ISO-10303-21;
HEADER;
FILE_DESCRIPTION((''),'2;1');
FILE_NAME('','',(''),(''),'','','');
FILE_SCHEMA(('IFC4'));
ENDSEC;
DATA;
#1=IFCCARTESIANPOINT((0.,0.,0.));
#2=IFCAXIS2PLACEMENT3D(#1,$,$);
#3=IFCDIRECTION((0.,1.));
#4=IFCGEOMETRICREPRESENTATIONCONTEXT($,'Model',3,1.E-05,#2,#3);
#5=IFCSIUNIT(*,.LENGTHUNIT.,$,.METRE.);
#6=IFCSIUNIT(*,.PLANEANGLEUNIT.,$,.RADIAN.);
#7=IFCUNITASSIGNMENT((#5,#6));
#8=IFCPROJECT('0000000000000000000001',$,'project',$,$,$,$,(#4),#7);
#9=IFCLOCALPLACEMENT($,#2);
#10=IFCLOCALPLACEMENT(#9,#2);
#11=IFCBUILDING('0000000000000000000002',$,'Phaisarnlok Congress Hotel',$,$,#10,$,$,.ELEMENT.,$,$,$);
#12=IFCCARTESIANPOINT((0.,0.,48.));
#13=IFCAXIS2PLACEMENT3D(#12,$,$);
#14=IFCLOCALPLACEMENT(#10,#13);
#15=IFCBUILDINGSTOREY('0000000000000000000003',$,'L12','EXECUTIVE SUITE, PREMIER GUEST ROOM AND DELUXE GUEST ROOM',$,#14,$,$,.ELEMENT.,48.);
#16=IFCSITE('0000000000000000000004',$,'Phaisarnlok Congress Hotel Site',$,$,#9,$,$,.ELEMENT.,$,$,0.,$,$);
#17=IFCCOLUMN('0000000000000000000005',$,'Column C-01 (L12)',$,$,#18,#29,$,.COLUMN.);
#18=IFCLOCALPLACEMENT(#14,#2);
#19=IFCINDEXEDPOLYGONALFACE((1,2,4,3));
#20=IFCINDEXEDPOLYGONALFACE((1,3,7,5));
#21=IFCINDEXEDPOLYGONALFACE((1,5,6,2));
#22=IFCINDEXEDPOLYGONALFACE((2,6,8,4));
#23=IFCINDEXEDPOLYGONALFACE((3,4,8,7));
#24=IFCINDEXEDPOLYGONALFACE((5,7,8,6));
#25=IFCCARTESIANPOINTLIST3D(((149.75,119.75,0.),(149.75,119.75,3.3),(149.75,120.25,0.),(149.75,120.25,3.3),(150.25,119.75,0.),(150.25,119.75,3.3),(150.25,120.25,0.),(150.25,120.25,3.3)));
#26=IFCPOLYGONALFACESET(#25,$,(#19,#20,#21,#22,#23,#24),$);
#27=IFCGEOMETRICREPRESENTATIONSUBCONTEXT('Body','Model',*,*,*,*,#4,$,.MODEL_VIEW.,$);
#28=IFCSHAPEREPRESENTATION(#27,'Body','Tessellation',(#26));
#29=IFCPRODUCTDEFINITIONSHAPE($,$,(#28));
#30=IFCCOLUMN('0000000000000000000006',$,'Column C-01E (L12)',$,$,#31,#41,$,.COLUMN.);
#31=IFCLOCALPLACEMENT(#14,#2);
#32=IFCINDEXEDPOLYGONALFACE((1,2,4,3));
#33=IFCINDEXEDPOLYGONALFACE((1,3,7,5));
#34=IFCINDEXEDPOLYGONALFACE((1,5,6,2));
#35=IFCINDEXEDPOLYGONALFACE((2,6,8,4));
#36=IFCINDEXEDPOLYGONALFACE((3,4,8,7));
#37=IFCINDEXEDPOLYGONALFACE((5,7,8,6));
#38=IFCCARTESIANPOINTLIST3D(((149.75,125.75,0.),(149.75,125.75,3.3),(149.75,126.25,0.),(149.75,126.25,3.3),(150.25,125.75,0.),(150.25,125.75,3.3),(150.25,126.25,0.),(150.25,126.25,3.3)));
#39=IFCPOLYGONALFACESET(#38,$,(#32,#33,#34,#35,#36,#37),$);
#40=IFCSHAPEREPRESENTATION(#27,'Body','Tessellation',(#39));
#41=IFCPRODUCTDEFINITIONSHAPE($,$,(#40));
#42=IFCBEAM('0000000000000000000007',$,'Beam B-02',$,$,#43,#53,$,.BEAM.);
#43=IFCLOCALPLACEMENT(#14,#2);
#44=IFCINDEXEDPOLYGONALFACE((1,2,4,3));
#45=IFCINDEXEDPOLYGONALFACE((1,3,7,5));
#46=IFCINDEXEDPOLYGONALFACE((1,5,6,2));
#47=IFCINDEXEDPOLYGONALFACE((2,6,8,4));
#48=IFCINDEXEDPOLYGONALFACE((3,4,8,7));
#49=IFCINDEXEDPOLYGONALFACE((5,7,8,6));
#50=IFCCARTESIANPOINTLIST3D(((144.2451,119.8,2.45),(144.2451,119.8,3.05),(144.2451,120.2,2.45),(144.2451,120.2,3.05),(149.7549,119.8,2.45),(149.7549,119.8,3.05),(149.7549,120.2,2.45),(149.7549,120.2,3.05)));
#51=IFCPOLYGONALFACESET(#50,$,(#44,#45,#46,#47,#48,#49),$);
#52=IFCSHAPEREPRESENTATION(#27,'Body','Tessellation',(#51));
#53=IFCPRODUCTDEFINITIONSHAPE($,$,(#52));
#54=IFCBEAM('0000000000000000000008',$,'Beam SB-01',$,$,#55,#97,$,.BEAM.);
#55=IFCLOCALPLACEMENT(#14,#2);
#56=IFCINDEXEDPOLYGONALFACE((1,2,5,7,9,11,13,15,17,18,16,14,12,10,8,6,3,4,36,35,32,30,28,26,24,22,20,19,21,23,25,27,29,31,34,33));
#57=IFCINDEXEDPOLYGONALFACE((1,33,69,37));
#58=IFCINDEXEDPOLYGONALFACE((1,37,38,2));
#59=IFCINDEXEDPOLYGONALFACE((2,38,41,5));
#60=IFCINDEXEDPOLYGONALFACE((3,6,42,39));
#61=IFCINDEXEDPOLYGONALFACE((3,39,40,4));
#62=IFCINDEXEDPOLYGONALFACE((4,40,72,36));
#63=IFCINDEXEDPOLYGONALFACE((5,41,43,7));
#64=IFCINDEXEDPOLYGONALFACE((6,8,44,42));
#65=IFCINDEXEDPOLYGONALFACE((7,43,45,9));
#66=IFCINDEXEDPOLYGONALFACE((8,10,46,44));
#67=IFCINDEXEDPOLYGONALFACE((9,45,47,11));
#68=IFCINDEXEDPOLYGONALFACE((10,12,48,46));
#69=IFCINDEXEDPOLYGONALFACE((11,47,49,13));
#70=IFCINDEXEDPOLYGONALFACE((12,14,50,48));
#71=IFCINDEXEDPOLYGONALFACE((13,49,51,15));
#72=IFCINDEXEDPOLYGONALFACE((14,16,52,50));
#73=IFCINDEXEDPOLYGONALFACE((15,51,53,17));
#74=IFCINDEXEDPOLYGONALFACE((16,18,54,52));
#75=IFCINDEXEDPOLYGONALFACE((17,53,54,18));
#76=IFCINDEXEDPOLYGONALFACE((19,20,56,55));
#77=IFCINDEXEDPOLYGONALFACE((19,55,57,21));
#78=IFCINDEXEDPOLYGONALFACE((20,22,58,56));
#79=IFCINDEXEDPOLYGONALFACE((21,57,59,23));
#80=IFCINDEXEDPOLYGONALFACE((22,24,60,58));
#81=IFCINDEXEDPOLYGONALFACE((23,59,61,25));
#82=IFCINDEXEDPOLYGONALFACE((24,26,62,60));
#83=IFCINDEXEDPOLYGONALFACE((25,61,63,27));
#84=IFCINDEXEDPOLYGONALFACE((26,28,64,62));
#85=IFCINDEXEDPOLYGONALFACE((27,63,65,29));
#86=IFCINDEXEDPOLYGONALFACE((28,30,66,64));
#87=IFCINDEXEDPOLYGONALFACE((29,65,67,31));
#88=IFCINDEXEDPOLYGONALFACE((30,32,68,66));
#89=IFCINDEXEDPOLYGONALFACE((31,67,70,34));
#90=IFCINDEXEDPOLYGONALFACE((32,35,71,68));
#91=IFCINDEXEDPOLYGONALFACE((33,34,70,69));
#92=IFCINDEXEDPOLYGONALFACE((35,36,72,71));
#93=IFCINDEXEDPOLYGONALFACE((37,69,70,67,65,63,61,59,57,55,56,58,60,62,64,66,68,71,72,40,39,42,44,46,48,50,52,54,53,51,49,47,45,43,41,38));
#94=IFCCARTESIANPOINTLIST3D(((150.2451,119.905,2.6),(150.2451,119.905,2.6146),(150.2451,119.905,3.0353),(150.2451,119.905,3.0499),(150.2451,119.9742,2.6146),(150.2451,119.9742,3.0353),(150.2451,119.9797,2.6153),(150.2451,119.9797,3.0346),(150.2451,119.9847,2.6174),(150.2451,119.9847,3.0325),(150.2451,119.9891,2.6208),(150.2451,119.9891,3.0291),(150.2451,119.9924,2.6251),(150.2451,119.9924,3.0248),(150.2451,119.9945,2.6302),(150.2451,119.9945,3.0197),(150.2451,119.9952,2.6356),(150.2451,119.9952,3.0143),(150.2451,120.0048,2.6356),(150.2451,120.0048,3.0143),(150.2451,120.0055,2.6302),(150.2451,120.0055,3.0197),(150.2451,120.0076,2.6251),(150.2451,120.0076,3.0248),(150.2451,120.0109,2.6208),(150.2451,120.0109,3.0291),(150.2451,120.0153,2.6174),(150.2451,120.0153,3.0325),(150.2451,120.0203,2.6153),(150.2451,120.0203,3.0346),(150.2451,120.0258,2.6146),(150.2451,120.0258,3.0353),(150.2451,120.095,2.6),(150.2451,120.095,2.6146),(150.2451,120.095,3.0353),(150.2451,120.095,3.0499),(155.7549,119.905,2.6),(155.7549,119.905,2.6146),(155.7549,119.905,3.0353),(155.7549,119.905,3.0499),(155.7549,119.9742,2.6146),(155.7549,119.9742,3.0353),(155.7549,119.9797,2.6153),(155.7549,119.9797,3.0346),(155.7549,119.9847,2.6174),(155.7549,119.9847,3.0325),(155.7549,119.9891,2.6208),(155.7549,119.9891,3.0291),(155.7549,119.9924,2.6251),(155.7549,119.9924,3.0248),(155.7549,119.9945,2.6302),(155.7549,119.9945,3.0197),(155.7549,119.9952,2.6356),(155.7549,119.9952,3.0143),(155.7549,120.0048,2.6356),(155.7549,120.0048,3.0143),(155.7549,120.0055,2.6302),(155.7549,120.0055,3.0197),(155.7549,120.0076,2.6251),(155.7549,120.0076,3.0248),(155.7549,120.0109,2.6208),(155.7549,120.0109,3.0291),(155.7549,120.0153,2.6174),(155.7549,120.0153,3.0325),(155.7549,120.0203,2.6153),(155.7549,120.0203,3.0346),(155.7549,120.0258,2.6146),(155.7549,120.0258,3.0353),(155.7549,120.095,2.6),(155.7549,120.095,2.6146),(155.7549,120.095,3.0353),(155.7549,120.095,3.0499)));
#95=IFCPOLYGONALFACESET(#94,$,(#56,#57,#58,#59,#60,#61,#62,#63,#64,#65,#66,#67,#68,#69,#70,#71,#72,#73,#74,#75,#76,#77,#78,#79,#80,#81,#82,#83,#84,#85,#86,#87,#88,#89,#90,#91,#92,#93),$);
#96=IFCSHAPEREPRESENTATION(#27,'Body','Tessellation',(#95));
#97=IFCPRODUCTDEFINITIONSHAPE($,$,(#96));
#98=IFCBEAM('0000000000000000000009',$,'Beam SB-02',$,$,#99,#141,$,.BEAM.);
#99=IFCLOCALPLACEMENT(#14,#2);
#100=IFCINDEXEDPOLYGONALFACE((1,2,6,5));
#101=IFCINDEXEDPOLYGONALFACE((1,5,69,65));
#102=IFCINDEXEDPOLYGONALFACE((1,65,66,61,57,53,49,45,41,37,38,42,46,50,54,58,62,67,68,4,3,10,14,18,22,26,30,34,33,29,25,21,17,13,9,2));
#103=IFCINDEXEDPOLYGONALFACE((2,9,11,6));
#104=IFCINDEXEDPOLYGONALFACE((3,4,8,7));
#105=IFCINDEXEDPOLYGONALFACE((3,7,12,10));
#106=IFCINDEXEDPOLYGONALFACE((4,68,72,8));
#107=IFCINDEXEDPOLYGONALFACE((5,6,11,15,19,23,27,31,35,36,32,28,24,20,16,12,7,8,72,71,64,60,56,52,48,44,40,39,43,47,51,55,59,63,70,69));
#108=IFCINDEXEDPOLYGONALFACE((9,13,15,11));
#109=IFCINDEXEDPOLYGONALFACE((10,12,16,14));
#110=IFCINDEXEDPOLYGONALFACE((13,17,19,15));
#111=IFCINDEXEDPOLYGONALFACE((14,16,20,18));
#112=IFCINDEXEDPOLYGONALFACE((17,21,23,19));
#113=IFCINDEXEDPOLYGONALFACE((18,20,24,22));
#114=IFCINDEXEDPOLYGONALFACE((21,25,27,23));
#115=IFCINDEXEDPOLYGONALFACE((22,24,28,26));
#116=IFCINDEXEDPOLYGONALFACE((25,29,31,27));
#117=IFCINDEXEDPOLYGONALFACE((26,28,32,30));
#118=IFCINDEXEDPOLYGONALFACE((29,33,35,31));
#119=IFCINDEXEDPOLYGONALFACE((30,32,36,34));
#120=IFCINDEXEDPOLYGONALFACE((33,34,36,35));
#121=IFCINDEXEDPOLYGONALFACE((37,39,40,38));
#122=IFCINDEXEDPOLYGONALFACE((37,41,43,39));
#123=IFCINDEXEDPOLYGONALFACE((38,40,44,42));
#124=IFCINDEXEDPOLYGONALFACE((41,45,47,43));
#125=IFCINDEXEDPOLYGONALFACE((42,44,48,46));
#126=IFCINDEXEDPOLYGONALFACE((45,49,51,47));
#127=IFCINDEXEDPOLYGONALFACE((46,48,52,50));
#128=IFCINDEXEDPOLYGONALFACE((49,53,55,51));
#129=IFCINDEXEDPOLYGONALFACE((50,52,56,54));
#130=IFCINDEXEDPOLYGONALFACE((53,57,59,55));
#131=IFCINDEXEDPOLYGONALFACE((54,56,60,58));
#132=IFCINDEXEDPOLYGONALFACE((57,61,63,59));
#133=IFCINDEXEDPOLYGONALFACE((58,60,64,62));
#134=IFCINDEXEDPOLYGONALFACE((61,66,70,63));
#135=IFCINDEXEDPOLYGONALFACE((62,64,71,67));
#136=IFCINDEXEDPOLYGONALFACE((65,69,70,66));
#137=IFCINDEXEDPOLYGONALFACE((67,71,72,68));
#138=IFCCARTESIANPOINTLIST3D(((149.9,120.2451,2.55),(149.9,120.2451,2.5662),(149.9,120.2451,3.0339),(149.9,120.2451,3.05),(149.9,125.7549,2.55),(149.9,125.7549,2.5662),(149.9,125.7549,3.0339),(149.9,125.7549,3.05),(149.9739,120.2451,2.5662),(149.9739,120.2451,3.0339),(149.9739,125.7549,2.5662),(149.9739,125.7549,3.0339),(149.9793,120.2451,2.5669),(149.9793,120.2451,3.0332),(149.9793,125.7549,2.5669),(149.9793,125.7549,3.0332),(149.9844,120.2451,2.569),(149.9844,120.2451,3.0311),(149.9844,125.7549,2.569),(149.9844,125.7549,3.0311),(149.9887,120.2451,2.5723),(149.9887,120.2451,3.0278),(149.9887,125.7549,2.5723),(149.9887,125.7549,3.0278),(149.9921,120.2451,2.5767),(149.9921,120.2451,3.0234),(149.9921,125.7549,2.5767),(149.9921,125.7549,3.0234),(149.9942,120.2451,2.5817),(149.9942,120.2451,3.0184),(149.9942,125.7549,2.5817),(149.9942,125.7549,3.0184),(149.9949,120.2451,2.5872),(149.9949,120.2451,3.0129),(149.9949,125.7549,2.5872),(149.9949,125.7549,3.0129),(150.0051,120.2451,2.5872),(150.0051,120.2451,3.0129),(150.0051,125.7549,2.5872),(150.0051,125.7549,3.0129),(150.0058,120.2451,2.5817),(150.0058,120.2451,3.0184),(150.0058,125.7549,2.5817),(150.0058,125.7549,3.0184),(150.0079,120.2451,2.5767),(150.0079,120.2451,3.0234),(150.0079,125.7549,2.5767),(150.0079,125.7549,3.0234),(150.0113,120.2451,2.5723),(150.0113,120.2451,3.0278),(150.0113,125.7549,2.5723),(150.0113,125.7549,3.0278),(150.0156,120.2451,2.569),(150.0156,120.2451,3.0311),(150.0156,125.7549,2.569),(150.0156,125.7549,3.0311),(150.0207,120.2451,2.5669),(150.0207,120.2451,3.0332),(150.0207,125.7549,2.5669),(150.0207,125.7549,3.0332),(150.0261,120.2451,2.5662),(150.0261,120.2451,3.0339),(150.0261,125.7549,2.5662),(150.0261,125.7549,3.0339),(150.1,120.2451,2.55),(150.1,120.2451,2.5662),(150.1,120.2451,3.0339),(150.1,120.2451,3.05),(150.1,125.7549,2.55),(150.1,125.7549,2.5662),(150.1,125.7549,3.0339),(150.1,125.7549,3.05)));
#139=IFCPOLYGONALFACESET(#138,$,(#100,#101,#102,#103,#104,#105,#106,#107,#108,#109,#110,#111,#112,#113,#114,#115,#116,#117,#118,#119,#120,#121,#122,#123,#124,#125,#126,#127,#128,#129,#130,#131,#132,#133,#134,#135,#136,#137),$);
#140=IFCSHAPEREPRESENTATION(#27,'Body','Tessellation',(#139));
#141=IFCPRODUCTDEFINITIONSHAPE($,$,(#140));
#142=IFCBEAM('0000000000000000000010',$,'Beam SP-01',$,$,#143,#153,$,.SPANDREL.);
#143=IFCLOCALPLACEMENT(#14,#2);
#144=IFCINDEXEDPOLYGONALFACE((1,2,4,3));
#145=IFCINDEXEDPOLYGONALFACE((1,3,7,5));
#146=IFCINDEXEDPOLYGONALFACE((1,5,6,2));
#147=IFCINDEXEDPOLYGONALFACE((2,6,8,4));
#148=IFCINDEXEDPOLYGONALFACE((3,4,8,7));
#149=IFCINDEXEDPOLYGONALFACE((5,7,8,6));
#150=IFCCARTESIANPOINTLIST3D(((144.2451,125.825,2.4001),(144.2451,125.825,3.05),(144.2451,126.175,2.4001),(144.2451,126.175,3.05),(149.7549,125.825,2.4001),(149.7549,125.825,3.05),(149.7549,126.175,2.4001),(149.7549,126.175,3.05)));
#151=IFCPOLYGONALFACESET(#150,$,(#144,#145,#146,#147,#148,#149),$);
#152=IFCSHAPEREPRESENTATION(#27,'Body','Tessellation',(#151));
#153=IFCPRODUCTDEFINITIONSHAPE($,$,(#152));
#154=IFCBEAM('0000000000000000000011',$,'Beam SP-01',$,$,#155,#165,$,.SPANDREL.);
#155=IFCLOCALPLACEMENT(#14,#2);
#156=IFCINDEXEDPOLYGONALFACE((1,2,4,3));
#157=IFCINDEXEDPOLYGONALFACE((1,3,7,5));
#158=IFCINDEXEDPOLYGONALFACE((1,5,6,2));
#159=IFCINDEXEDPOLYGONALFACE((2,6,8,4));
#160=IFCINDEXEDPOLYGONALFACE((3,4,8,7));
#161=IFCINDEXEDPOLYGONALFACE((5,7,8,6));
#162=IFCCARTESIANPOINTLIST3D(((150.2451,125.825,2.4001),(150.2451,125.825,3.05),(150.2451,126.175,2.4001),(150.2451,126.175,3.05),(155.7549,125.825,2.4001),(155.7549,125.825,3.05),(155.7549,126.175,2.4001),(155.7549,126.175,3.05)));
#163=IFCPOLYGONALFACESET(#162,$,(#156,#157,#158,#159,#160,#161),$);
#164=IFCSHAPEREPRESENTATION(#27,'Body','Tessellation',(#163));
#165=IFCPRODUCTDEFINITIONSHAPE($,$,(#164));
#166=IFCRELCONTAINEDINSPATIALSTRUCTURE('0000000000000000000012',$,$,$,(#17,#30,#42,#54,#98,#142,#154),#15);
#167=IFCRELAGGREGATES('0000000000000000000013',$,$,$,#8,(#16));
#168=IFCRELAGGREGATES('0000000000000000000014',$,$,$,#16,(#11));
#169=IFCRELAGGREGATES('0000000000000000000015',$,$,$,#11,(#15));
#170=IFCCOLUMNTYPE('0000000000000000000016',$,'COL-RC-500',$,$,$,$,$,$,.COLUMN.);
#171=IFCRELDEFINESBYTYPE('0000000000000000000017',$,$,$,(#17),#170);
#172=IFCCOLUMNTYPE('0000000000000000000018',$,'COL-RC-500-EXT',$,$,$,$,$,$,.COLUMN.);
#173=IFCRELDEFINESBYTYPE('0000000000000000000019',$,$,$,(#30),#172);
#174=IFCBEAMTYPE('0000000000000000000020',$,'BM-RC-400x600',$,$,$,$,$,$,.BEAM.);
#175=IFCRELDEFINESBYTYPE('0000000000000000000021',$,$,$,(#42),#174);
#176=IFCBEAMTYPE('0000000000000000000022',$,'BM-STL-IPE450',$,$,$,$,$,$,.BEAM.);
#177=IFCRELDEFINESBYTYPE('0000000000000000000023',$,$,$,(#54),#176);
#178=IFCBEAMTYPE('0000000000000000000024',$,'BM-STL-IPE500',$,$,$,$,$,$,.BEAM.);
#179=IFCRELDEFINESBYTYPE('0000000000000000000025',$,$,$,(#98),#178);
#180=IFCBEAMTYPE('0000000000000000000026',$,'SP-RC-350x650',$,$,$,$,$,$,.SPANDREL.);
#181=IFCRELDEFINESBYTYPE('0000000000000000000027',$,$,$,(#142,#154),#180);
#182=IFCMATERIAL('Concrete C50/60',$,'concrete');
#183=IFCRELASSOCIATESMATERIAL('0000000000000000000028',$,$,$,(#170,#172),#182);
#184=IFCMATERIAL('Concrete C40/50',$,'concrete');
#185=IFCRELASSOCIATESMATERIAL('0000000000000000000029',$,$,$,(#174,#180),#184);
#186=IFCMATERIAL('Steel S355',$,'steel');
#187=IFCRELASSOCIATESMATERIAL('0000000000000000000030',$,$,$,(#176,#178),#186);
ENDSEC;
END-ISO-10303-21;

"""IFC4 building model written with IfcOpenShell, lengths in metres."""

from ifc_helpers import new_model, si_unit, direction, frame, origin, origin_2d, place, context, subcontext, project, spatial, rectangle, i_section, extrude, material, material_profile, profile_set, type_object, element, save


model = new_model("IFC4")

# Units and contexts
model_context = context("Model", 3, precision=1e-05, world=origin(), true_north=direction((0.0, 1.0)))
body_context = subcontext(model_context, "Body", "Model", "MODEL_VIEW")
ifc_project = project(units=[si_unit("LENGTHUNIT", "METRE"), si_unit("PLANEANGLEUNIT", "RADIAN")], contexts=[model_context])

# Site, building, storey
site_placement = place(None, origin())
site = spatial("IfcSite", under=ifc_project, at=site_placement, Name="Phaisarnlok Congress Hotel Site", CompositionType="ELEMENT", RefElevation=0.0)
building_placement = place(site_placement, origin())
building = spatial("IfcBuilding", under=site, at=building_placement, Name="Phaisarnlok Congress Hotel", CompositionType="ELEMENT")
storey_placement = place(building_placement, frame((0.0, 0.0, 48.0)))
storey = spatial("IfcBuildingStorey", under=building, at=storey_placement, Name="L12", Description="EXECUTIVE SUITE, PREMIER GUEST ROOM AND DELUXE GUEST ROOM", CompositionType="ELEMENT", Elevation=48.0)

# Columns
ifc_material_1 = material(Name="Concrete C50/60", Category="concrete")
ifc_material_profile_1 = material_profile(ifc_material_1, rectangle(XDim=0.5, YDim=0.5, at=origin_2d()), Name="RC 500x500")
ifc_profile_set_1 = profile_set([ifc_material_profile_1], Name="Concrete C50/60")
column_type_1 = type_object("IfcColumnType", Name="COL-RC-500", PredefinedType="COLUMN", material=ifc_profile_set_1)
column_1_placement = place(storey_placement, frame((150.0, 120.0, 0.0), z_axis=(0.0, 0.0, 1.0), x_axis=(1.0, 0.0, 0.0)))
element("IfcColumn", 1, at=column_1_placement, inside=storey, type_object=column_type_1, Name="Column C-01 (L12)", PredefinedType="COLUMN", context=body_context, shape_type="SweptSolid", body=[
    extrude(rectangle(XDim=0.5, YDim=0.5, at=origin_2d()), origin(), (0.0, 0.0, 1.0), 3.3),
])
ifc_material_profile_2 = material_profile(ifc_material_1, rectangle(XDim=0.5, YDim=0.5, at=origin_2d()), Name="RC 500x500")
ifc_profile_set_2 = profile_set([ifc_material_profile_2], Name="Concrete C50/60")
column_type_2 = type_object("IfcColumnType", Name="COL-RC-500-EXT", PredefinedType="COLUMN", material=ifc_profile_set_2)
column_2_placement = place(storey_placement, frame((150.0, 126.0, 0.0), z_axis=(0.0, 0.0, 1.0), x_axis=(1.0, 0.0, 0.0)))
element("IfcColumn", 2, at=column_2_placement, inside=storey, type_object=column_type_2, Name="Column C-01E (L12)", PredefinedType="COLUMN", context=body_context, shape_type="SweptSolid", body=[
    extrude(rectangle(XDim=0.5, YDim=0.5, at=origin_2d()), origin(), (0.0, 0.0, 1.0), 3.3),
])

# Beams
ifc_material_2 = material(Name="Concrete C40/50", Category="concrete")
ifc_material_profile_3 = material_profile(ifc_material_2, rectangle(XDim=0.3999, YDim=0.6001, at=origin_2d()), Name="RC 400x600")
ifc_profile_set_3 = profile_set([ifc_material_profile_3], Name="Concrete C40/50")
beam_type_1 = type_object("IfcBeamType", Name="BM-RC-400x600", PredefinedType="BEAM", material=ifc_profile_set_3)
beam_1_placement = place(storey_placement, frame((144.2451, 120.0, 2.75), z_axis=(1.0, 0.0, 0.0), x_axis=(0.0, 1.0, 0.0)))
element("IfcBeam", 3, at=beam_1_placement, inside=storey, type_object=beam_type_1, Name="Beam B-02", PredefinedType="BEAM", context=body_context, shape_type="SweptSolid", body=[
    extrude(rectangle(XDim=0.3999, YDim=0.6001, at=origin_2d()), origin(), (0.0, 0.0, 1.0), 5.5098),
])
ifc_material_3 = material(Name="Steel S355", Category="steel")
ifc_material_profile_4 = material_profile(ifc_material_3, i_section(OverallWidth=0.1899, OverallDepth=0.45, WebThickness=0.0095, FlangeThickness=0.0146, FilletRadius=0.021, at=origin_2d()), Name="IPE 450")
ifc_profile_set_4 = profile_set([ifc_material_profile_4], Name="Steel S355")
beam_type_2 = type_object("IfcBeamType", Name="BM-STL-IPE450", PredefinedType="BEAM", material=ifc_profile_set_4)
beam_2_placement = place(storey_placement, frame((150.2451, 120.0, 2.825), z_axis=(1.0, 0.0, 0.0), x_axis=(0.0, 1.0, 0.0)))
element("IfcBeam", 4, at=beam_2_placement, inside=storey, type_object=beam_type_2, Name="Beam SB-01", PredefinedType="BEAM", context=body_context, shape_type="SweptSolid", body=[
    extrude(i_section(OverallWidth=0.1899, OverallDepth=0.45, WebThickness=0.0095, FlangeThickness=0.0146, FilletRadius=0.021, at=origin_2d()), origin(), (0.0, 0.0, 1.0), 5.5098),
])
ifc_material_profile_5 = material_profile(ifc_material_3, i_section(OverallWidth=0.2, OverallDepth=0.5, WebThickness=0.0103, FlangeThickness=0.0161, FilletRadius=0.021, at=origin_2d()), Name="IPE 500")
ifc_profile_set_5 = profile_set([ifc_material_profile_5], Name="Steel S355")
beam_type_3 = type_object("IfcBeamType", Name="BM-STL-IPE500", PredefinedType="BEAM", material=ifc_profile_set_5)
beam_3_placement = place(storey_placement, frame((150.0, 120.2451, 2.8), z_axis=(0.0, 1.0, 0.0), x_axis=(-1.0, 0.0, 0.0)))
element("IfcBeam", 5, at=beam_3_placement, inside=storey, type_object=beam_type_3, Name="Beam SB-02", PredefinedType="BEAM", context=body_context, shape_type="SweptSolid", body=[
    extrude(i_section(OverallWidth=0.2, OverallDepth=0.5, WebThickness=0.0103, FlangeThickness=0.0161, FilletRadius=0.021, at=origin_2d()), origin(), (0.0, 0.0, 1.0), 5.5098),
])
ifc_material_profile_6 = material_profile(ifc_material_2, rectangle(XDim=0.3501, YDim=0.6499, at=origin_2d()), Name="RC 350x650")
ifc_profile_set_6 = profile_set([ifc_material_profile_6], Name="Concrete C40/50")
beam_type_4 = type_object("IfcBeamType", Name="SP-RC-350x650", PredefinedType="SPANDREL", material=ifc_profile_set_6)
for number, where, z_axis, x_axis, name in (
    (6, (144.2451, 126.0, 2.7251), (1.0, 0.0, 0.0), (0.0, 1.0, 0.0), "Beam SP-01"),
    (7, (150.2451, 126.0, 2.7251), (1.0, 0.0, 0.0), (0.0, 1.0, 0.0), "Beam SP-01"),
):
    element("IfcBeam", number, at=place(storey_placement, frame(where, z_axis=z_axis, x_axis=x_axis)), inside=storey, type_object=beam_type_4, Name=name, PredefinedType="SPANDREL", context=body_context, shape_type="SweptSolid", body=[
        extrude(rectangle(XDim=0.3501, YDim=0.6499, at=origin_2d()), origin(), (0.0, 0.0, 1.0), 5.5098),
    ])

save(model, "model.ifc")
